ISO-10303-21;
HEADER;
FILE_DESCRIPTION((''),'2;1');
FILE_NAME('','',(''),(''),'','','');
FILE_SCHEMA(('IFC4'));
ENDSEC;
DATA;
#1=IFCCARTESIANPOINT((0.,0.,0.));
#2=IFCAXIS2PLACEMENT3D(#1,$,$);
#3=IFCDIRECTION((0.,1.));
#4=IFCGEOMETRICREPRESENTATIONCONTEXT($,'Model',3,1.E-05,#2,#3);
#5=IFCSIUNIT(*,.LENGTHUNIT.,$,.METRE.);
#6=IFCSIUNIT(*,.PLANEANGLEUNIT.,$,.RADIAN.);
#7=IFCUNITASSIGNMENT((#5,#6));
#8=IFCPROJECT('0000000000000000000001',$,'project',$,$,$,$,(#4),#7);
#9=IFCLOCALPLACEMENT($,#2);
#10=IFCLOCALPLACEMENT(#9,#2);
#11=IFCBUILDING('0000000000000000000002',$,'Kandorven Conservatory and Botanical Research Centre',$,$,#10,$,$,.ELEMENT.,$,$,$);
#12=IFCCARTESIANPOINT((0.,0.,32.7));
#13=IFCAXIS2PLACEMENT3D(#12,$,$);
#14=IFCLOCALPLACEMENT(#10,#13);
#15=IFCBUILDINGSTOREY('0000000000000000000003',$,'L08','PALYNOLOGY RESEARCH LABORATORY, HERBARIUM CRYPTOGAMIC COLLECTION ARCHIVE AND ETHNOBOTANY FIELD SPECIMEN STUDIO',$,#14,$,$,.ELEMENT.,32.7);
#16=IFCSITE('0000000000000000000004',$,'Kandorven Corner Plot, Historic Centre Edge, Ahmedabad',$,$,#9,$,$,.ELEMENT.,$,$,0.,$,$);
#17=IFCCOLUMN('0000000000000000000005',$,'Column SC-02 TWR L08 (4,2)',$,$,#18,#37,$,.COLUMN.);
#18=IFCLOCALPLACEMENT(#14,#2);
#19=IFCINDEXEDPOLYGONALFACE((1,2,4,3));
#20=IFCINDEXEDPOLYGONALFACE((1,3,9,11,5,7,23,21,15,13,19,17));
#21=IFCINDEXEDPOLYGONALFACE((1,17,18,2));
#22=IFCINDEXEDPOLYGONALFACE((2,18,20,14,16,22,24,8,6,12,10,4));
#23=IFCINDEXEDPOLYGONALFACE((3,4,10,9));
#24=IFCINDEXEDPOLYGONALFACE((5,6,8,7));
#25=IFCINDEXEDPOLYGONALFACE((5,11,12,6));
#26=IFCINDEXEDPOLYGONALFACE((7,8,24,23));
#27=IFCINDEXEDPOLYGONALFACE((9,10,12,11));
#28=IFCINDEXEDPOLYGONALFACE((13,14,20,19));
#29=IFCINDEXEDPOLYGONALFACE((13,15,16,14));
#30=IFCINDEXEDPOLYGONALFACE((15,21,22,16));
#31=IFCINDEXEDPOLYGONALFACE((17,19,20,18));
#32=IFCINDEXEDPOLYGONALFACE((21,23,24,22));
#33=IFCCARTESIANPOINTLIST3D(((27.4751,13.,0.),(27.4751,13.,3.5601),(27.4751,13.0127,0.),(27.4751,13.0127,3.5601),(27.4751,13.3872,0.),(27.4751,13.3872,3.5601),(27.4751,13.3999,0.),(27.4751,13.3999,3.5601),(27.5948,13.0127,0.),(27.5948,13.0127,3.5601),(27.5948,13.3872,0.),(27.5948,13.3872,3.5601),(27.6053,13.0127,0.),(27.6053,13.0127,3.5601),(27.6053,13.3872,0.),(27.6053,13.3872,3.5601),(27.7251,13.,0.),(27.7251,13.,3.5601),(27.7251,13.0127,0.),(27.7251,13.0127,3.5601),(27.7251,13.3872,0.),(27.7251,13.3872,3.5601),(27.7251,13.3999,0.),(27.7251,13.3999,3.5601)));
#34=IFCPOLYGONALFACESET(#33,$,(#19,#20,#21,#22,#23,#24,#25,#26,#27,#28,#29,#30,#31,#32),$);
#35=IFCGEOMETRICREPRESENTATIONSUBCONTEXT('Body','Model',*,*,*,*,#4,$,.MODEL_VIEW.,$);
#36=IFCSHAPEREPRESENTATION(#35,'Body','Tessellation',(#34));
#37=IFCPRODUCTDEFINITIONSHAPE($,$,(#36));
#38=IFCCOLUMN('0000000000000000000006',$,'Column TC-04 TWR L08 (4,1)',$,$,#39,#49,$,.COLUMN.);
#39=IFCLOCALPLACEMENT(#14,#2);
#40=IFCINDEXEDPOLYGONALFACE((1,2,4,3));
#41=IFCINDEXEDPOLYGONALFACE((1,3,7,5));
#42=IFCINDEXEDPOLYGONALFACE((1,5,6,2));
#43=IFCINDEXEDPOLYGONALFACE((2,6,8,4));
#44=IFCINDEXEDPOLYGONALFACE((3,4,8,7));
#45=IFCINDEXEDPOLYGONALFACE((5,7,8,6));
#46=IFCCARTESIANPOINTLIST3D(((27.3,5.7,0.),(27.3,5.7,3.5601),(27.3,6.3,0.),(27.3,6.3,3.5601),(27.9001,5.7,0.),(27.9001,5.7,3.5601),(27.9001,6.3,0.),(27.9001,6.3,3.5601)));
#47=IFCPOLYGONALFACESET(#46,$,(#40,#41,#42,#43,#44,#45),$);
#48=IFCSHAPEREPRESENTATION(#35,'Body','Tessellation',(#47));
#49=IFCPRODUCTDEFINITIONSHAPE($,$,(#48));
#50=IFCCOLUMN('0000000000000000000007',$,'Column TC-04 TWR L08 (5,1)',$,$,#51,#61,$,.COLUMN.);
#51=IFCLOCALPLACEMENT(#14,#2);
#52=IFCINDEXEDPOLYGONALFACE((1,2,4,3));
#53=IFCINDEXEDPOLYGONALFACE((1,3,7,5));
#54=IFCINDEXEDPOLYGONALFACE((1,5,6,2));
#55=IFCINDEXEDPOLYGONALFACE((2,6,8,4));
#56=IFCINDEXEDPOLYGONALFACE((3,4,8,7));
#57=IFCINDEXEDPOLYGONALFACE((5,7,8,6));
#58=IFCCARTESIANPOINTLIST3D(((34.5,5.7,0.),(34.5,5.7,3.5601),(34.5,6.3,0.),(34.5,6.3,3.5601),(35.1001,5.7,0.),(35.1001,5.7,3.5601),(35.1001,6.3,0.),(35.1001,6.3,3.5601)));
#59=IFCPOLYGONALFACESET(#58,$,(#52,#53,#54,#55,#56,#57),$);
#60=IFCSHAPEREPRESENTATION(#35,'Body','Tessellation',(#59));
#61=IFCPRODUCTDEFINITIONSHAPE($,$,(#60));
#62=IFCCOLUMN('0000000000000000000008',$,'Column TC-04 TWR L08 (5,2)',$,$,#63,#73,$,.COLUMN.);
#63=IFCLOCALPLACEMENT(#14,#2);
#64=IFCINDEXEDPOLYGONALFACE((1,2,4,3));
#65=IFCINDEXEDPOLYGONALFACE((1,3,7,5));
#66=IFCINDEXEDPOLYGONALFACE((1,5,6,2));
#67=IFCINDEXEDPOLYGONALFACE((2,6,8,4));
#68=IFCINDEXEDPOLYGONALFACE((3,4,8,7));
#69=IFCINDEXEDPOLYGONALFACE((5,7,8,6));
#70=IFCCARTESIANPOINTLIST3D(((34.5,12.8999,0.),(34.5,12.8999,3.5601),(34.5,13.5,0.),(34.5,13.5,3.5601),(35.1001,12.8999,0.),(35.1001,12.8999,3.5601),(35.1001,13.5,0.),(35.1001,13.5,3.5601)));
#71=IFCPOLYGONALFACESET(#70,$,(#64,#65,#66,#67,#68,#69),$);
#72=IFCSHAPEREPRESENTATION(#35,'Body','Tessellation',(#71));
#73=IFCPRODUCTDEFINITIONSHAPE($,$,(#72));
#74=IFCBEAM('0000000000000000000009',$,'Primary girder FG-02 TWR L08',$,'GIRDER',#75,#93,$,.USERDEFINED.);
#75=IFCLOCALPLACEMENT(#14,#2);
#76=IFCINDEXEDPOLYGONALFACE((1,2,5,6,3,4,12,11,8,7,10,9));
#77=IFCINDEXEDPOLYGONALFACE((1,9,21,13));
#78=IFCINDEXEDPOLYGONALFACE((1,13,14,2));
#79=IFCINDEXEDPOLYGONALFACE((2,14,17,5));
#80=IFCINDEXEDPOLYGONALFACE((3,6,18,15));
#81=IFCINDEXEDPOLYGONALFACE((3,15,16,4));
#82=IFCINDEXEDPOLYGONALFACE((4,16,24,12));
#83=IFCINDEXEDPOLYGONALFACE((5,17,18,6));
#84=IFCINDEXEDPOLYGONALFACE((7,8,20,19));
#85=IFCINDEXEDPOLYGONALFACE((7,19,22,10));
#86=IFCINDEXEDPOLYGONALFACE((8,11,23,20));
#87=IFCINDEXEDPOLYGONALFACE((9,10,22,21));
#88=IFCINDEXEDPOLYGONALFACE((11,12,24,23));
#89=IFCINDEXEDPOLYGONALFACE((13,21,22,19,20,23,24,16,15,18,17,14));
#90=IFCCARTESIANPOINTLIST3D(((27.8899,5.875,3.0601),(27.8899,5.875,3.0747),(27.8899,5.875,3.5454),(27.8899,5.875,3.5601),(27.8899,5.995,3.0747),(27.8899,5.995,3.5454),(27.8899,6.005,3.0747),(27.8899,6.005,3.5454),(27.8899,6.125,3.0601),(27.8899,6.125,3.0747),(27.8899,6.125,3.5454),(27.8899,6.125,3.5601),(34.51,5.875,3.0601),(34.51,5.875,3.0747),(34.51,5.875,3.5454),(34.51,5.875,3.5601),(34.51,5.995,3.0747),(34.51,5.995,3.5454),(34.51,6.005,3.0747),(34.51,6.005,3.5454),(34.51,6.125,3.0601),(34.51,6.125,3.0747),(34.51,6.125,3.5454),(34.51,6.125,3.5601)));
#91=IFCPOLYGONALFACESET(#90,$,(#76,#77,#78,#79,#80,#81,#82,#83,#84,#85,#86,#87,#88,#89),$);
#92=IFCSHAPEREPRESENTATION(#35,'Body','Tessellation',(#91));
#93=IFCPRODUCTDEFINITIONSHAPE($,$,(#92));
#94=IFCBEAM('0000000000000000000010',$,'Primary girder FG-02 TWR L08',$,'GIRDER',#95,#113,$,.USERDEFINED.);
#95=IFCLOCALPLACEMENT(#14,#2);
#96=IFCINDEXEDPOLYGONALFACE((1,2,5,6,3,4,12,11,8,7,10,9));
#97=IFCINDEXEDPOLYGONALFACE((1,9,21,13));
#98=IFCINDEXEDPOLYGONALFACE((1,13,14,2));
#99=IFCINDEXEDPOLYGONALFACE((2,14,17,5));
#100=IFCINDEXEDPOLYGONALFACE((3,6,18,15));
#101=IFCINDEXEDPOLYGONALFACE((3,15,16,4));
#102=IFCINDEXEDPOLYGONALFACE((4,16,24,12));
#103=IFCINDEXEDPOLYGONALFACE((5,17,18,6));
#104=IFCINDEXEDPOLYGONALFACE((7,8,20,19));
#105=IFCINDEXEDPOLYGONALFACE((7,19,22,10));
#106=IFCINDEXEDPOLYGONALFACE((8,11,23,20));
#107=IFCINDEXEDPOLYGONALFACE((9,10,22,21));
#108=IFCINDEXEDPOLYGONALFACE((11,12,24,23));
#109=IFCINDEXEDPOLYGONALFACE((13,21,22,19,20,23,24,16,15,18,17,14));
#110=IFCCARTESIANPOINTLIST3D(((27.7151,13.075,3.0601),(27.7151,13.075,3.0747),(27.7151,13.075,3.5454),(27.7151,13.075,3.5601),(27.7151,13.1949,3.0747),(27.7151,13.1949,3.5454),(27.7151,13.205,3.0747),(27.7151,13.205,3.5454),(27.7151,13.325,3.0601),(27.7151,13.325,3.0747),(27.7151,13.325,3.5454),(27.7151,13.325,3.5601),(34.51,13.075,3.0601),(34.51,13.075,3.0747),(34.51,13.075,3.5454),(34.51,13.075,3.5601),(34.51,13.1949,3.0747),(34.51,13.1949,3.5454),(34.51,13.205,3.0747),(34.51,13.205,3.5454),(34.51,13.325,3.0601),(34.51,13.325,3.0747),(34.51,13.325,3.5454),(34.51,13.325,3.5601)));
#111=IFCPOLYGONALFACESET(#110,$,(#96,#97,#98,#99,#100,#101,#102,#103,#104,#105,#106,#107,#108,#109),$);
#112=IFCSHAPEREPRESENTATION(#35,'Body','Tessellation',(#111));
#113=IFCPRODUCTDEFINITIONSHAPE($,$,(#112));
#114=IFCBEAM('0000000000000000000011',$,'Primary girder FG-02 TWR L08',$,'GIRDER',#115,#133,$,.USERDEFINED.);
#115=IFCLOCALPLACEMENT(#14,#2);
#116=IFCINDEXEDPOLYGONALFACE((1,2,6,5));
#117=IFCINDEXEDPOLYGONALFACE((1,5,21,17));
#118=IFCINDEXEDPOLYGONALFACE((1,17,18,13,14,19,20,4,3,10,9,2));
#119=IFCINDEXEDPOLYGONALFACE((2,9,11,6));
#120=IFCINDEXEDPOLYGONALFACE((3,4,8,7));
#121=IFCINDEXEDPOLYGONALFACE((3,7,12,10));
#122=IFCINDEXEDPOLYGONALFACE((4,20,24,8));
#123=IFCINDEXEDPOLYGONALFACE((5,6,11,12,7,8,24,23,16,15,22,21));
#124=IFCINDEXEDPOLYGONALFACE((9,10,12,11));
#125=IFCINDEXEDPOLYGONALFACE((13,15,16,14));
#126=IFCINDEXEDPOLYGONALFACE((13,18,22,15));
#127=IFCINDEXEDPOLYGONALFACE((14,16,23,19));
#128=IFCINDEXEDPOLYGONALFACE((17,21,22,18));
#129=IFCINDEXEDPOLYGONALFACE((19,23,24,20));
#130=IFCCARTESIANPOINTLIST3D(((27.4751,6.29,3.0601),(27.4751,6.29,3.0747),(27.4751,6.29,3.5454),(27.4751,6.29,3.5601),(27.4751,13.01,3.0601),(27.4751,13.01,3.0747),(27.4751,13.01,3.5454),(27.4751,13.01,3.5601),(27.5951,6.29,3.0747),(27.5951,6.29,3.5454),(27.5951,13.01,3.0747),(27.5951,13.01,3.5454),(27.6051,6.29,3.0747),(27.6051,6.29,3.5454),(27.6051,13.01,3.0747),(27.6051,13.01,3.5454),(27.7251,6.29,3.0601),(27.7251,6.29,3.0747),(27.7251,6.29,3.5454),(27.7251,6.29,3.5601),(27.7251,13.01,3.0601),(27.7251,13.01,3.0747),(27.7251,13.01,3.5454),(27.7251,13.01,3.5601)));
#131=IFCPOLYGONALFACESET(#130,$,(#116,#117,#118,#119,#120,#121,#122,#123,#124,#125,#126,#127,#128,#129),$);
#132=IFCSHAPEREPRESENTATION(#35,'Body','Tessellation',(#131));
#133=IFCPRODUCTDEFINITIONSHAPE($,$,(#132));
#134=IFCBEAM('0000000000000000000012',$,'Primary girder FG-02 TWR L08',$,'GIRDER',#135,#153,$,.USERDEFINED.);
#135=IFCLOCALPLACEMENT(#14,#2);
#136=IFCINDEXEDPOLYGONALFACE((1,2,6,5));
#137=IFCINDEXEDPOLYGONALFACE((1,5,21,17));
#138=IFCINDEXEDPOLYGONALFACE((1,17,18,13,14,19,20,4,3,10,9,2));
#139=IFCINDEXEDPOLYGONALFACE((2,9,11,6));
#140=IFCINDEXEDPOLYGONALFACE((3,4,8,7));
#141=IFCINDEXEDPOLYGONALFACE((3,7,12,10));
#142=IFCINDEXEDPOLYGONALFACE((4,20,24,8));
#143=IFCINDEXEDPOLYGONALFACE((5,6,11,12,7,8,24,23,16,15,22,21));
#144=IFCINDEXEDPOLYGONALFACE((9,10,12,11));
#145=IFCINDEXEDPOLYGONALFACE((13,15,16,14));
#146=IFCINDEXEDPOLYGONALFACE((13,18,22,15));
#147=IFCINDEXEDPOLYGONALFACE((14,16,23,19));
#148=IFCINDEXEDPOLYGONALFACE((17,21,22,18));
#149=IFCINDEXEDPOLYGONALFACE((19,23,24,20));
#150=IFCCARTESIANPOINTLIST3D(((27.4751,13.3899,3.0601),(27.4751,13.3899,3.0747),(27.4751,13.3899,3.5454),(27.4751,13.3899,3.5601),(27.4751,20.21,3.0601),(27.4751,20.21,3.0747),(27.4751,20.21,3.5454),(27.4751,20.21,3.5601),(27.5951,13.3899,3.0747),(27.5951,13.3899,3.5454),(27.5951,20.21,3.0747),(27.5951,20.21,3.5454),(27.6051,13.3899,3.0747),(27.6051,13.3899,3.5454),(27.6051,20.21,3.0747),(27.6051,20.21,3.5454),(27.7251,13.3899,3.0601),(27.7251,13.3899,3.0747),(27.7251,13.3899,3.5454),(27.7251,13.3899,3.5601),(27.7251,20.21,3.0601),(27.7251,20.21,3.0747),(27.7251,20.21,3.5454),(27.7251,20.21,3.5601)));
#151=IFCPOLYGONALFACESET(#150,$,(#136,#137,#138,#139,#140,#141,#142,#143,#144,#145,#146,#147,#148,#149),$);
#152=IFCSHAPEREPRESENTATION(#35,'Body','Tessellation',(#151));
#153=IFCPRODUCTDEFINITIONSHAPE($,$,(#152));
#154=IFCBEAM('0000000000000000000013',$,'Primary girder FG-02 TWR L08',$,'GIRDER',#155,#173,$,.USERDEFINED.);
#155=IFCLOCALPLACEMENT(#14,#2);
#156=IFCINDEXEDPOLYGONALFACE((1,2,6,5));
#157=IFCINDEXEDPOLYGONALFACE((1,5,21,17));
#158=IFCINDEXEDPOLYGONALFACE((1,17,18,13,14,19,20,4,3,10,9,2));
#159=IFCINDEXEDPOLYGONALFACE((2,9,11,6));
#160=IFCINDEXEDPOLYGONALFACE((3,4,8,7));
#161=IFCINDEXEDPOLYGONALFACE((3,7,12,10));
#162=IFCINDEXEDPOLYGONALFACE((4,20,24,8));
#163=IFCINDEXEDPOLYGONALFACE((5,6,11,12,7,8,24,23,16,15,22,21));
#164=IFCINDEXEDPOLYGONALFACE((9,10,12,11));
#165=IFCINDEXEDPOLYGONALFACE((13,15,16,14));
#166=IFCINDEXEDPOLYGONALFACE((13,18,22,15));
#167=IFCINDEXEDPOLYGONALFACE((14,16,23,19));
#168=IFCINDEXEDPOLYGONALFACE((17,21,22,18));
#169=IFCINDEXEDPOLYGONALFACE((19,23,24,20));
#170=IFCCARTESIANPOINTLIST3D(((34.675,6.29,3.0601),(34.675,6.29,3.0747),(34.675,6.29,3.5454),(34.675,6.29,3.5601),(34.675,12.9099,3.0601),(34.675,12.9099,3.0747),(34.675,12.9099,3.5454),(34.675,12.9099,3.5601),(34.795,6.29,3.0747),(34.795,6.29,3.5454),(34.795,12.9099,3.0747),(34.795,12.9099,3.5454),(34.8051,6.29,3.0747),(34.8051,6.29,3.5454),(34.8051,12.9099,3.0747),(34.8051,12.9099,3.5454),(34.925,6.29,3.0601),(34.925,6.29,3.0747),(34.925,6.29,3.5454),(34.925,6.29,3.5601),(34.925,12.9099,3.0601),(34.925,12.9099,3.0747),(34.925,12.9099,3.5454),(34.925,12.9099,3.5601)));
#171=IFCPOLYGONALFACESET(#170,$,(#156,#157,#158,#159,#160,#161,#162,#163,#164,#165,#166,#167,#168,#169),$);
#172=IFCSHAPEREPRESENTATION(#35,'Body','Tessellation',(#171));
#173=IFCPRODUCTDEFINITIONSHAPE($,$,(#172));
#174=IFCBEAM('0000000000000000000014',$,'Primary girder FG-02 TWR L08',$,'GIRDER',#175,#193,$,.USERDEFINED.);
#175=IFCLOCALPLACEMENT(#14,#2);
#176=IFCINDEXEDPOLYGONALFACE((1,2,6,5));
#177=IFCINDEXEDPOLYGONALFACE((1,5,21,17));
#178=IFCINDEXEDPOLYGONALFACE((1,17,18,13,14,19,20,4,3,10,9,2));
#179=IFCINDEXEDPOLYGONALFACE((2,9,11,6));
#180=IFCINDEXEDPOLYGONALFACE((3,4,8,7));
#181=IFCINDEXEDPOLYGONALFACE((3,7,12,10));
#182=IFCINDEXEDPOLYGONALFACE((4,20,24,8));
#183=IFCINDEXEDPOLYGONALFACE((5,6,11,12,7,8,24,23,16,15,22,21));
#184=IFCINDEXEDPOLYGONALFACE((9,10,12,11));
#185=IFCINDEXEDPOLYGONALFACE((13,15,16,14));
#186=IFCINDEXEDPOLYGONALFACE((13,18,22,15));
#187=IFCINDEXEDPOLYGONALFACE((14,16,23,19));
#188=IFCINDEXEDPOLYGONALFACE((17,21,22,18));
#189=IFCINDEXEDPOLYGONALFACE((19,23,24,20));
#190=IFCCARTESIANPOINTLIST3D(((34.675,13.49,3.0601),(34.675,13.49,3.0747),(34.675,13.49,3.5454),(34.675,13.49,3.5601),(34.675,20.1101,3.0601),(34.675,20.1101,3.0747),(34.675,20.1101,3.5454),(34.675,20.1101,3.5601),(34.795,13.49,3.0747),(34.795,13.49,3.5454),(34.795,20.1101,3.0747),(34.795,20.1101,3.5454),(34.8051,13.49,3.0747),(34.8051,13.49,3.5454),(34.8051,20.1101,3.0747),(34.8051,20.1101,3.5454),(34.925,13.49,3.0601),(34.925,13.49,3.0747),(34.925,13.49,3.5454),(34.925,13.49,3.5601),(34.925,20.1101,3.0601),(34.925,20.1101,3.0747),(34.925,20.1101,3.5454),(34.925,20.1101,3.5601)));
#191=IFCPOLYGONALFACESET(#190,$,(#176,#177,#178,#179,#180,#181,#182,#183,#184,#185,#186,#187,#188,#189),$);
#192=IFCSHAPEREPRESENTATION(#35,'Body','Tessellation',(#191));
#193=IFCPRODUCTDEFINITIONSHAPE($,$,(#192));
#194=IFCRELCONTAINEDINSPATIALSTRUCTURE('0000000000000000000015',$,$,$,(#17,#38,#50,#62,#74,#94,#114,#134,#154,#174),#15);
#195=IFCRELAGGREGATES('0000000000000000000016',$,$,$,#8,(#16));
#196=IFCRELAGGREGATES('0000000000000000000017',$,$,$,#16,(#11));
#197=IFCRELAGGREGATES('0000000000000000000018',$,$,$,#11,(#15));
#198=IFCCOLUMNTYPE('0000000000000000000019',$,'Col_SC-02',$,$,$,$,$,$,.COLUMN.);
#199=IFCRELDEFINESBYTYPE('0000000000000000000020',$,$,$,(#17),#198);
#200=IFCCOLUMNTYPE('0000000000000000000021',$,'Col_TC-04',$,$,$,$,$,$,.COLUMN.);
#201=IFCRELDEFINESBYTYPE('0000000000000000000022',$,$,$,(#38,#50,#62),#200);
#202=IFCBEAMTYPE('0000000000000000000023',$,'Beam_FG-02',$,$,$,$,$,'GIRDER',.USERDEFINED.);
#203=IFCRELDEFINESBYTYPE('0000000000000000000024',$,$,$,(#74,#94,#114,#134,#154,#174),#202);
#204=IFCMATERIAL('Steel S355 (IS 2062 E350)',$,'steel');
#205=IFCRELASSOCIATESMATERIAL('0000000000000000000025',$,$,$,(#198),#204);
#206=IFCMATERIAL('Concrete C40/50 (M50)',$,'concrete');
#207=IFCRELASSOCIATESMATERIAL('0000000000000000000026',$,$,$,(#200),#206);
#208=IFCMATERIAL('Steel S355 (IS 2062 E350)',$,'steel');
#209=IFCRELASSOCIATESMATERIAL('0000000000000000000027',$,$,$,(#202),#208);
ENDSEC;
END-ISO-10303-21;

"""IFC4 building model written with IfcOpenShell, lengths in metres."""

from ifc_helpers import new_model, si_unit, direction, frame, origin, origin_2d, place, context, subcontext, project, spatial, rectangle, i_section, extrude, material, material_profile, profile_set, type_object, element, save


model = new_model("IFC4")

# Units and contexts
model_context = context("Model", 3, precision=1e-05, world=origin(), true_north=direction((0.0, 1.0)))
body_context = subcontext(model_context, "Body", "Model", "MODEL_VIEW")
ifc_project = project(units=[si_unit("LENGTHUNIT", "METRE"), si_unit("PLANEANGLEUNIT", "RADIAN")], contexts=[model_context])

# Site, building, storey
site_placement = place(None, origin())
site = spatial("IfcSite", under=ifc_project, at=site_placement, Name="Kandorven Corner Plot, Historic Centre Edge, Ahmedabad", CompositionType="ELEMENT", RefElevation=0.0)
building_placement = place(site_placement, origin())
building = spatial("IfcBuilding", under=site, at=building_placement, Name="Kandorven Conservatory and Botanical Research Centre", CompositionType="ELEMENT")
storey_placement = place(building_placement, frame((0.0, 0.0, 32.7)))
storey = spatial("IfcBuildingStorey", under=building, at=storey_placement, Name="L08", Description="PALYNOLOGY RESEARCH LABORATORY, HERBARIUM CRYPTOGAMIC COLLECTION ARCHIVE AND ETHNOBOTANY FIELD SPECIMEN STUDIO", CompositionType="ELEMENT", Elevation=32.7)

# Columns
ifc_material_1 = material(Name="Steel S355 (IS 2062 E350)", Category="steel")
ifc_material_profile_1 = material_profile(ifc_material_1, i_section(OverallWidth=0.25, OverallDepth=0.3999, WebThickness=0.0105, FlangeThickness=0.0127, at=origin_2d()))
ifc_profile_set_1 = profile_set([ifc_material_profile_1], Name="Steel S355 (IS 2062 E350)")
column_type_1 = type_object("IfcColumnType", Name="Col_SC-02", PredefinedType="COLUMN", material=ifc_profile_set_1)
column_placement = place(storey_placement, frame((27.6001, 13.2, 0.0), z_axis=(0.0, 0.0, 1.0), x_axis=(1.0, 0.0, 0.0)))
element("IfcColumn", 1, at=column_placement, inside=storey, type_object=column_type_1, Name="Column SC-02 TWR L08 (4,2)", PredefinedType="COLUMN", context=body_context, shape_type="SweptSolid", body=[
    extrude(i_section(OverallWidth=0.25, OverallDepth=0.3999, WebThickness=0.0105, FlangeThickness=0.0127, at=origin_2d()), origin(), (0.0, 0.0, 1.0), 3.5601),
])
ifc_material_2 = material(Name="Concrete C40/50 (M50)", Category="concrete")
ifc_material_profile_2 = material_profile(ifc_material_2, rectangle(XDim=0.6001, YDim=0.6001, at=origin_2d()))
ifc_profile_set_2 = profile_set([ifc_material_profile_2], Name="Concrete C40/50 (M50)")
column_type_2 = type_object("IfcColumnType", Name="Col_TC-04", PredefinedType="COLUMN", material=ifc_profile_set_2)
for number, where, z_axis, x_axis, name in (
    (2, (27.6001, 6.0, 0.0), (0.0, 0.0, 1.0), (1.0, 0.0, 0.0), "Column TC-04 TWR L08 (4,1)"),
    (3, (34.8, 6.0, 0.0), (0.0, 0.0, 1.0), (1.0, 0.0, 0.0), "Column TC-04 TWR L08 (5,1)"),
    (4, (34.8, 13.2, 0.0), (0.0, 0.0, 1.0), (1.0, 0.0, 0.0), "Column TC-04 TWR L08 (5,2)"),
):
    element("IfcColumn", number, at=place(storey_placement, frame(where, z_axis=z_axis, x_axis=x_axis)), inside=storey, type_object=column_type_2, Name=name, PredefinedType="COLUMN", context=body_context, shape_type="SweptSolid", body=[
        extrude(rectangle(XDim=0.6001, YDim=0.6001, at=origin_2d()), origin(), (0.0, 0.0, 1.0), 3.5601),
    ])

# Beams
ifc_material_3 = material(Name="Steel S355 (IS 2062 E350)", Category="steel")
ifc_material_profile_3 = material_profile(ifc_material_3, i_section(OverallWidth=0.25, OverallDepth=0.5, WebThickness=0.01, FlangeThickness=0.0146, at=origin_2d()))
ifc_profile_set_3 = profile_set([ifc_material_profile_3], Name="Steel S355 (IS 2062 E350)")
beam_type_1 = type_object("IfcBeamType", Name="Beam_FG-02", ElementType="GIRDER", PredefinedType="USERDEFINED", material=ifc_profile_set_3)
beam_1_placement = place(storey_placement, frame((27.8899, 6.0, 3.3101), z_axis=(1.0, 0.0, 0.0), x_axis=(0.0, 1.0, 0.0)))
element("IfcBeam", 5, at=beam_1_placement, inside=storey, type_object=beam_type_1, Name="Primary girder FG-02 TWR L08", ObjectType="GIRDER", PredefinedType="USERDEFINED", context=body_context, shape_type="SweptSolid", body=[
    extrude(i_section(OverallWidth=0.25, OverallDepth=0.5, WebThickness=0.01, FlangeThickness=0.0146, at=origin_2d()), origin(), (0.0, 0.0, 1.0), 6.6201),
])
beam_2_placement = place(storey_placement, frame((27.7151, 13.2, 3.3101), z_axis=(1.0, 0.0, 0.0), x_axis=(0.0, 1.0, 0.0)))
element("IfcBeam", 6, at=beam_2_placement, inside=storey, type_object=beam_type_1, Name="Primary girder FG-02 TWR L08", ObjectType="GIRDER", PredefinedType="USERDEFINED", context=body_context, shape_type="SweptSolid", body=[
    extrude(i_section(OverallWidth=0.25, OverallDepth=0.5, WebThickness=0.01, FlangeThickness=0.0146, at=origin_2d()), origin(), (0.0, 0.0, 1.0), 6.7949),
])
beam_3_placement = place(storey_placement, frame((27.6001, 6.29, 3.3101), z_axis=(0.0, 1.0, 0.0), x_axis=(-1.0, 0.0, 0.0)))
element("IfcBeam", 7, at=beam_3_placement, inside=storey, type_object=beam_type_1, Name="Primary girder FG-02 TWR L08", ObjectType="GIRDER", PredefinedType="USERDEFINED", context=body_context, shape_type="SweptSolid", body=[
    extrude(i_section(OverallWidth=0.25, OverallDepth=0.5, WebThickness=0.01, FlangeThickness=0.0146, at=origin_2d()), origin(), (0.0, 0.0, 1.0), 6.72),
])
beam_4_placement = place(storey_placement, frame((27.6001, 13.3899, 3.3101), z_axis=(0.0, 1.0, 0.0), x_axis=(-1.0, 0.0, 0.0)))
element("IfcBeam", 8, at=beam_4_placement, inside=storey, type_object=beam_type_1, Name="Primary girder FG-02 TWR L08", ObjectType="GIRDER", PredefinedType="USERDEFINED", context=body_context, shape_type="SweptSolid", body=[
    extrude(i_section(OverallWidth=0.25, OverallDepth=0.5, WebThickness=0.01, FlangeThickness=0.0146, at=origin_2d()), origin(), (0.0, 0.0, 1.0), 6.8201),
])
beam_5_placement = place(storey_placement, frame((34.8, 6.29, 3.3101), z_axis=(0.0, 1.0, 0.0), x_axis=(-1.0, 0.0, 0.0)))
element("IfcBeam", 9, at=beam_5_placement, inside=storey, type_object=beam_type_1, Name="Primary girder FG-02 TWR L08", ObjectType="GIRDER", PredefinedType="USERDEFINED", context=body_context, shape_type="SweptSolid", body=[
    extrude(i_section(OverallWidth=0.25, OverallDepth=0.5, WebThickness=0.01, FlangeThickness=0.0146, at=origin_2d()), origin(), (0.0, 0.0, 1.0), 6.6199),
])
beam_6_placement = place(storey_placement, frame((34.8, 13.49, 3.3101), z_axis=(0.0, 1.0, 0.0), x_axis=(-1.0, 0.0, 0.0)))
element("IfcBeam", 10, at=beam_6_placement, inside=storey, type_object=beam_type_1, Name="Primary girder FG-02 TWR L08", ObjectType="GIRDER", PredefinedType="USERDEFINED", context=body_context, shape_type="SweptSolid", body=[
    extrude(i_section(OverallWidth=0.25, OverallDepth=0.5, WebThickness=0.01, FlangeThickness=0.0146, at=origin_2d()), origin(), (0.0, 0.0, 1.0), 6.6201),
])

save(model, "model.ifc")
